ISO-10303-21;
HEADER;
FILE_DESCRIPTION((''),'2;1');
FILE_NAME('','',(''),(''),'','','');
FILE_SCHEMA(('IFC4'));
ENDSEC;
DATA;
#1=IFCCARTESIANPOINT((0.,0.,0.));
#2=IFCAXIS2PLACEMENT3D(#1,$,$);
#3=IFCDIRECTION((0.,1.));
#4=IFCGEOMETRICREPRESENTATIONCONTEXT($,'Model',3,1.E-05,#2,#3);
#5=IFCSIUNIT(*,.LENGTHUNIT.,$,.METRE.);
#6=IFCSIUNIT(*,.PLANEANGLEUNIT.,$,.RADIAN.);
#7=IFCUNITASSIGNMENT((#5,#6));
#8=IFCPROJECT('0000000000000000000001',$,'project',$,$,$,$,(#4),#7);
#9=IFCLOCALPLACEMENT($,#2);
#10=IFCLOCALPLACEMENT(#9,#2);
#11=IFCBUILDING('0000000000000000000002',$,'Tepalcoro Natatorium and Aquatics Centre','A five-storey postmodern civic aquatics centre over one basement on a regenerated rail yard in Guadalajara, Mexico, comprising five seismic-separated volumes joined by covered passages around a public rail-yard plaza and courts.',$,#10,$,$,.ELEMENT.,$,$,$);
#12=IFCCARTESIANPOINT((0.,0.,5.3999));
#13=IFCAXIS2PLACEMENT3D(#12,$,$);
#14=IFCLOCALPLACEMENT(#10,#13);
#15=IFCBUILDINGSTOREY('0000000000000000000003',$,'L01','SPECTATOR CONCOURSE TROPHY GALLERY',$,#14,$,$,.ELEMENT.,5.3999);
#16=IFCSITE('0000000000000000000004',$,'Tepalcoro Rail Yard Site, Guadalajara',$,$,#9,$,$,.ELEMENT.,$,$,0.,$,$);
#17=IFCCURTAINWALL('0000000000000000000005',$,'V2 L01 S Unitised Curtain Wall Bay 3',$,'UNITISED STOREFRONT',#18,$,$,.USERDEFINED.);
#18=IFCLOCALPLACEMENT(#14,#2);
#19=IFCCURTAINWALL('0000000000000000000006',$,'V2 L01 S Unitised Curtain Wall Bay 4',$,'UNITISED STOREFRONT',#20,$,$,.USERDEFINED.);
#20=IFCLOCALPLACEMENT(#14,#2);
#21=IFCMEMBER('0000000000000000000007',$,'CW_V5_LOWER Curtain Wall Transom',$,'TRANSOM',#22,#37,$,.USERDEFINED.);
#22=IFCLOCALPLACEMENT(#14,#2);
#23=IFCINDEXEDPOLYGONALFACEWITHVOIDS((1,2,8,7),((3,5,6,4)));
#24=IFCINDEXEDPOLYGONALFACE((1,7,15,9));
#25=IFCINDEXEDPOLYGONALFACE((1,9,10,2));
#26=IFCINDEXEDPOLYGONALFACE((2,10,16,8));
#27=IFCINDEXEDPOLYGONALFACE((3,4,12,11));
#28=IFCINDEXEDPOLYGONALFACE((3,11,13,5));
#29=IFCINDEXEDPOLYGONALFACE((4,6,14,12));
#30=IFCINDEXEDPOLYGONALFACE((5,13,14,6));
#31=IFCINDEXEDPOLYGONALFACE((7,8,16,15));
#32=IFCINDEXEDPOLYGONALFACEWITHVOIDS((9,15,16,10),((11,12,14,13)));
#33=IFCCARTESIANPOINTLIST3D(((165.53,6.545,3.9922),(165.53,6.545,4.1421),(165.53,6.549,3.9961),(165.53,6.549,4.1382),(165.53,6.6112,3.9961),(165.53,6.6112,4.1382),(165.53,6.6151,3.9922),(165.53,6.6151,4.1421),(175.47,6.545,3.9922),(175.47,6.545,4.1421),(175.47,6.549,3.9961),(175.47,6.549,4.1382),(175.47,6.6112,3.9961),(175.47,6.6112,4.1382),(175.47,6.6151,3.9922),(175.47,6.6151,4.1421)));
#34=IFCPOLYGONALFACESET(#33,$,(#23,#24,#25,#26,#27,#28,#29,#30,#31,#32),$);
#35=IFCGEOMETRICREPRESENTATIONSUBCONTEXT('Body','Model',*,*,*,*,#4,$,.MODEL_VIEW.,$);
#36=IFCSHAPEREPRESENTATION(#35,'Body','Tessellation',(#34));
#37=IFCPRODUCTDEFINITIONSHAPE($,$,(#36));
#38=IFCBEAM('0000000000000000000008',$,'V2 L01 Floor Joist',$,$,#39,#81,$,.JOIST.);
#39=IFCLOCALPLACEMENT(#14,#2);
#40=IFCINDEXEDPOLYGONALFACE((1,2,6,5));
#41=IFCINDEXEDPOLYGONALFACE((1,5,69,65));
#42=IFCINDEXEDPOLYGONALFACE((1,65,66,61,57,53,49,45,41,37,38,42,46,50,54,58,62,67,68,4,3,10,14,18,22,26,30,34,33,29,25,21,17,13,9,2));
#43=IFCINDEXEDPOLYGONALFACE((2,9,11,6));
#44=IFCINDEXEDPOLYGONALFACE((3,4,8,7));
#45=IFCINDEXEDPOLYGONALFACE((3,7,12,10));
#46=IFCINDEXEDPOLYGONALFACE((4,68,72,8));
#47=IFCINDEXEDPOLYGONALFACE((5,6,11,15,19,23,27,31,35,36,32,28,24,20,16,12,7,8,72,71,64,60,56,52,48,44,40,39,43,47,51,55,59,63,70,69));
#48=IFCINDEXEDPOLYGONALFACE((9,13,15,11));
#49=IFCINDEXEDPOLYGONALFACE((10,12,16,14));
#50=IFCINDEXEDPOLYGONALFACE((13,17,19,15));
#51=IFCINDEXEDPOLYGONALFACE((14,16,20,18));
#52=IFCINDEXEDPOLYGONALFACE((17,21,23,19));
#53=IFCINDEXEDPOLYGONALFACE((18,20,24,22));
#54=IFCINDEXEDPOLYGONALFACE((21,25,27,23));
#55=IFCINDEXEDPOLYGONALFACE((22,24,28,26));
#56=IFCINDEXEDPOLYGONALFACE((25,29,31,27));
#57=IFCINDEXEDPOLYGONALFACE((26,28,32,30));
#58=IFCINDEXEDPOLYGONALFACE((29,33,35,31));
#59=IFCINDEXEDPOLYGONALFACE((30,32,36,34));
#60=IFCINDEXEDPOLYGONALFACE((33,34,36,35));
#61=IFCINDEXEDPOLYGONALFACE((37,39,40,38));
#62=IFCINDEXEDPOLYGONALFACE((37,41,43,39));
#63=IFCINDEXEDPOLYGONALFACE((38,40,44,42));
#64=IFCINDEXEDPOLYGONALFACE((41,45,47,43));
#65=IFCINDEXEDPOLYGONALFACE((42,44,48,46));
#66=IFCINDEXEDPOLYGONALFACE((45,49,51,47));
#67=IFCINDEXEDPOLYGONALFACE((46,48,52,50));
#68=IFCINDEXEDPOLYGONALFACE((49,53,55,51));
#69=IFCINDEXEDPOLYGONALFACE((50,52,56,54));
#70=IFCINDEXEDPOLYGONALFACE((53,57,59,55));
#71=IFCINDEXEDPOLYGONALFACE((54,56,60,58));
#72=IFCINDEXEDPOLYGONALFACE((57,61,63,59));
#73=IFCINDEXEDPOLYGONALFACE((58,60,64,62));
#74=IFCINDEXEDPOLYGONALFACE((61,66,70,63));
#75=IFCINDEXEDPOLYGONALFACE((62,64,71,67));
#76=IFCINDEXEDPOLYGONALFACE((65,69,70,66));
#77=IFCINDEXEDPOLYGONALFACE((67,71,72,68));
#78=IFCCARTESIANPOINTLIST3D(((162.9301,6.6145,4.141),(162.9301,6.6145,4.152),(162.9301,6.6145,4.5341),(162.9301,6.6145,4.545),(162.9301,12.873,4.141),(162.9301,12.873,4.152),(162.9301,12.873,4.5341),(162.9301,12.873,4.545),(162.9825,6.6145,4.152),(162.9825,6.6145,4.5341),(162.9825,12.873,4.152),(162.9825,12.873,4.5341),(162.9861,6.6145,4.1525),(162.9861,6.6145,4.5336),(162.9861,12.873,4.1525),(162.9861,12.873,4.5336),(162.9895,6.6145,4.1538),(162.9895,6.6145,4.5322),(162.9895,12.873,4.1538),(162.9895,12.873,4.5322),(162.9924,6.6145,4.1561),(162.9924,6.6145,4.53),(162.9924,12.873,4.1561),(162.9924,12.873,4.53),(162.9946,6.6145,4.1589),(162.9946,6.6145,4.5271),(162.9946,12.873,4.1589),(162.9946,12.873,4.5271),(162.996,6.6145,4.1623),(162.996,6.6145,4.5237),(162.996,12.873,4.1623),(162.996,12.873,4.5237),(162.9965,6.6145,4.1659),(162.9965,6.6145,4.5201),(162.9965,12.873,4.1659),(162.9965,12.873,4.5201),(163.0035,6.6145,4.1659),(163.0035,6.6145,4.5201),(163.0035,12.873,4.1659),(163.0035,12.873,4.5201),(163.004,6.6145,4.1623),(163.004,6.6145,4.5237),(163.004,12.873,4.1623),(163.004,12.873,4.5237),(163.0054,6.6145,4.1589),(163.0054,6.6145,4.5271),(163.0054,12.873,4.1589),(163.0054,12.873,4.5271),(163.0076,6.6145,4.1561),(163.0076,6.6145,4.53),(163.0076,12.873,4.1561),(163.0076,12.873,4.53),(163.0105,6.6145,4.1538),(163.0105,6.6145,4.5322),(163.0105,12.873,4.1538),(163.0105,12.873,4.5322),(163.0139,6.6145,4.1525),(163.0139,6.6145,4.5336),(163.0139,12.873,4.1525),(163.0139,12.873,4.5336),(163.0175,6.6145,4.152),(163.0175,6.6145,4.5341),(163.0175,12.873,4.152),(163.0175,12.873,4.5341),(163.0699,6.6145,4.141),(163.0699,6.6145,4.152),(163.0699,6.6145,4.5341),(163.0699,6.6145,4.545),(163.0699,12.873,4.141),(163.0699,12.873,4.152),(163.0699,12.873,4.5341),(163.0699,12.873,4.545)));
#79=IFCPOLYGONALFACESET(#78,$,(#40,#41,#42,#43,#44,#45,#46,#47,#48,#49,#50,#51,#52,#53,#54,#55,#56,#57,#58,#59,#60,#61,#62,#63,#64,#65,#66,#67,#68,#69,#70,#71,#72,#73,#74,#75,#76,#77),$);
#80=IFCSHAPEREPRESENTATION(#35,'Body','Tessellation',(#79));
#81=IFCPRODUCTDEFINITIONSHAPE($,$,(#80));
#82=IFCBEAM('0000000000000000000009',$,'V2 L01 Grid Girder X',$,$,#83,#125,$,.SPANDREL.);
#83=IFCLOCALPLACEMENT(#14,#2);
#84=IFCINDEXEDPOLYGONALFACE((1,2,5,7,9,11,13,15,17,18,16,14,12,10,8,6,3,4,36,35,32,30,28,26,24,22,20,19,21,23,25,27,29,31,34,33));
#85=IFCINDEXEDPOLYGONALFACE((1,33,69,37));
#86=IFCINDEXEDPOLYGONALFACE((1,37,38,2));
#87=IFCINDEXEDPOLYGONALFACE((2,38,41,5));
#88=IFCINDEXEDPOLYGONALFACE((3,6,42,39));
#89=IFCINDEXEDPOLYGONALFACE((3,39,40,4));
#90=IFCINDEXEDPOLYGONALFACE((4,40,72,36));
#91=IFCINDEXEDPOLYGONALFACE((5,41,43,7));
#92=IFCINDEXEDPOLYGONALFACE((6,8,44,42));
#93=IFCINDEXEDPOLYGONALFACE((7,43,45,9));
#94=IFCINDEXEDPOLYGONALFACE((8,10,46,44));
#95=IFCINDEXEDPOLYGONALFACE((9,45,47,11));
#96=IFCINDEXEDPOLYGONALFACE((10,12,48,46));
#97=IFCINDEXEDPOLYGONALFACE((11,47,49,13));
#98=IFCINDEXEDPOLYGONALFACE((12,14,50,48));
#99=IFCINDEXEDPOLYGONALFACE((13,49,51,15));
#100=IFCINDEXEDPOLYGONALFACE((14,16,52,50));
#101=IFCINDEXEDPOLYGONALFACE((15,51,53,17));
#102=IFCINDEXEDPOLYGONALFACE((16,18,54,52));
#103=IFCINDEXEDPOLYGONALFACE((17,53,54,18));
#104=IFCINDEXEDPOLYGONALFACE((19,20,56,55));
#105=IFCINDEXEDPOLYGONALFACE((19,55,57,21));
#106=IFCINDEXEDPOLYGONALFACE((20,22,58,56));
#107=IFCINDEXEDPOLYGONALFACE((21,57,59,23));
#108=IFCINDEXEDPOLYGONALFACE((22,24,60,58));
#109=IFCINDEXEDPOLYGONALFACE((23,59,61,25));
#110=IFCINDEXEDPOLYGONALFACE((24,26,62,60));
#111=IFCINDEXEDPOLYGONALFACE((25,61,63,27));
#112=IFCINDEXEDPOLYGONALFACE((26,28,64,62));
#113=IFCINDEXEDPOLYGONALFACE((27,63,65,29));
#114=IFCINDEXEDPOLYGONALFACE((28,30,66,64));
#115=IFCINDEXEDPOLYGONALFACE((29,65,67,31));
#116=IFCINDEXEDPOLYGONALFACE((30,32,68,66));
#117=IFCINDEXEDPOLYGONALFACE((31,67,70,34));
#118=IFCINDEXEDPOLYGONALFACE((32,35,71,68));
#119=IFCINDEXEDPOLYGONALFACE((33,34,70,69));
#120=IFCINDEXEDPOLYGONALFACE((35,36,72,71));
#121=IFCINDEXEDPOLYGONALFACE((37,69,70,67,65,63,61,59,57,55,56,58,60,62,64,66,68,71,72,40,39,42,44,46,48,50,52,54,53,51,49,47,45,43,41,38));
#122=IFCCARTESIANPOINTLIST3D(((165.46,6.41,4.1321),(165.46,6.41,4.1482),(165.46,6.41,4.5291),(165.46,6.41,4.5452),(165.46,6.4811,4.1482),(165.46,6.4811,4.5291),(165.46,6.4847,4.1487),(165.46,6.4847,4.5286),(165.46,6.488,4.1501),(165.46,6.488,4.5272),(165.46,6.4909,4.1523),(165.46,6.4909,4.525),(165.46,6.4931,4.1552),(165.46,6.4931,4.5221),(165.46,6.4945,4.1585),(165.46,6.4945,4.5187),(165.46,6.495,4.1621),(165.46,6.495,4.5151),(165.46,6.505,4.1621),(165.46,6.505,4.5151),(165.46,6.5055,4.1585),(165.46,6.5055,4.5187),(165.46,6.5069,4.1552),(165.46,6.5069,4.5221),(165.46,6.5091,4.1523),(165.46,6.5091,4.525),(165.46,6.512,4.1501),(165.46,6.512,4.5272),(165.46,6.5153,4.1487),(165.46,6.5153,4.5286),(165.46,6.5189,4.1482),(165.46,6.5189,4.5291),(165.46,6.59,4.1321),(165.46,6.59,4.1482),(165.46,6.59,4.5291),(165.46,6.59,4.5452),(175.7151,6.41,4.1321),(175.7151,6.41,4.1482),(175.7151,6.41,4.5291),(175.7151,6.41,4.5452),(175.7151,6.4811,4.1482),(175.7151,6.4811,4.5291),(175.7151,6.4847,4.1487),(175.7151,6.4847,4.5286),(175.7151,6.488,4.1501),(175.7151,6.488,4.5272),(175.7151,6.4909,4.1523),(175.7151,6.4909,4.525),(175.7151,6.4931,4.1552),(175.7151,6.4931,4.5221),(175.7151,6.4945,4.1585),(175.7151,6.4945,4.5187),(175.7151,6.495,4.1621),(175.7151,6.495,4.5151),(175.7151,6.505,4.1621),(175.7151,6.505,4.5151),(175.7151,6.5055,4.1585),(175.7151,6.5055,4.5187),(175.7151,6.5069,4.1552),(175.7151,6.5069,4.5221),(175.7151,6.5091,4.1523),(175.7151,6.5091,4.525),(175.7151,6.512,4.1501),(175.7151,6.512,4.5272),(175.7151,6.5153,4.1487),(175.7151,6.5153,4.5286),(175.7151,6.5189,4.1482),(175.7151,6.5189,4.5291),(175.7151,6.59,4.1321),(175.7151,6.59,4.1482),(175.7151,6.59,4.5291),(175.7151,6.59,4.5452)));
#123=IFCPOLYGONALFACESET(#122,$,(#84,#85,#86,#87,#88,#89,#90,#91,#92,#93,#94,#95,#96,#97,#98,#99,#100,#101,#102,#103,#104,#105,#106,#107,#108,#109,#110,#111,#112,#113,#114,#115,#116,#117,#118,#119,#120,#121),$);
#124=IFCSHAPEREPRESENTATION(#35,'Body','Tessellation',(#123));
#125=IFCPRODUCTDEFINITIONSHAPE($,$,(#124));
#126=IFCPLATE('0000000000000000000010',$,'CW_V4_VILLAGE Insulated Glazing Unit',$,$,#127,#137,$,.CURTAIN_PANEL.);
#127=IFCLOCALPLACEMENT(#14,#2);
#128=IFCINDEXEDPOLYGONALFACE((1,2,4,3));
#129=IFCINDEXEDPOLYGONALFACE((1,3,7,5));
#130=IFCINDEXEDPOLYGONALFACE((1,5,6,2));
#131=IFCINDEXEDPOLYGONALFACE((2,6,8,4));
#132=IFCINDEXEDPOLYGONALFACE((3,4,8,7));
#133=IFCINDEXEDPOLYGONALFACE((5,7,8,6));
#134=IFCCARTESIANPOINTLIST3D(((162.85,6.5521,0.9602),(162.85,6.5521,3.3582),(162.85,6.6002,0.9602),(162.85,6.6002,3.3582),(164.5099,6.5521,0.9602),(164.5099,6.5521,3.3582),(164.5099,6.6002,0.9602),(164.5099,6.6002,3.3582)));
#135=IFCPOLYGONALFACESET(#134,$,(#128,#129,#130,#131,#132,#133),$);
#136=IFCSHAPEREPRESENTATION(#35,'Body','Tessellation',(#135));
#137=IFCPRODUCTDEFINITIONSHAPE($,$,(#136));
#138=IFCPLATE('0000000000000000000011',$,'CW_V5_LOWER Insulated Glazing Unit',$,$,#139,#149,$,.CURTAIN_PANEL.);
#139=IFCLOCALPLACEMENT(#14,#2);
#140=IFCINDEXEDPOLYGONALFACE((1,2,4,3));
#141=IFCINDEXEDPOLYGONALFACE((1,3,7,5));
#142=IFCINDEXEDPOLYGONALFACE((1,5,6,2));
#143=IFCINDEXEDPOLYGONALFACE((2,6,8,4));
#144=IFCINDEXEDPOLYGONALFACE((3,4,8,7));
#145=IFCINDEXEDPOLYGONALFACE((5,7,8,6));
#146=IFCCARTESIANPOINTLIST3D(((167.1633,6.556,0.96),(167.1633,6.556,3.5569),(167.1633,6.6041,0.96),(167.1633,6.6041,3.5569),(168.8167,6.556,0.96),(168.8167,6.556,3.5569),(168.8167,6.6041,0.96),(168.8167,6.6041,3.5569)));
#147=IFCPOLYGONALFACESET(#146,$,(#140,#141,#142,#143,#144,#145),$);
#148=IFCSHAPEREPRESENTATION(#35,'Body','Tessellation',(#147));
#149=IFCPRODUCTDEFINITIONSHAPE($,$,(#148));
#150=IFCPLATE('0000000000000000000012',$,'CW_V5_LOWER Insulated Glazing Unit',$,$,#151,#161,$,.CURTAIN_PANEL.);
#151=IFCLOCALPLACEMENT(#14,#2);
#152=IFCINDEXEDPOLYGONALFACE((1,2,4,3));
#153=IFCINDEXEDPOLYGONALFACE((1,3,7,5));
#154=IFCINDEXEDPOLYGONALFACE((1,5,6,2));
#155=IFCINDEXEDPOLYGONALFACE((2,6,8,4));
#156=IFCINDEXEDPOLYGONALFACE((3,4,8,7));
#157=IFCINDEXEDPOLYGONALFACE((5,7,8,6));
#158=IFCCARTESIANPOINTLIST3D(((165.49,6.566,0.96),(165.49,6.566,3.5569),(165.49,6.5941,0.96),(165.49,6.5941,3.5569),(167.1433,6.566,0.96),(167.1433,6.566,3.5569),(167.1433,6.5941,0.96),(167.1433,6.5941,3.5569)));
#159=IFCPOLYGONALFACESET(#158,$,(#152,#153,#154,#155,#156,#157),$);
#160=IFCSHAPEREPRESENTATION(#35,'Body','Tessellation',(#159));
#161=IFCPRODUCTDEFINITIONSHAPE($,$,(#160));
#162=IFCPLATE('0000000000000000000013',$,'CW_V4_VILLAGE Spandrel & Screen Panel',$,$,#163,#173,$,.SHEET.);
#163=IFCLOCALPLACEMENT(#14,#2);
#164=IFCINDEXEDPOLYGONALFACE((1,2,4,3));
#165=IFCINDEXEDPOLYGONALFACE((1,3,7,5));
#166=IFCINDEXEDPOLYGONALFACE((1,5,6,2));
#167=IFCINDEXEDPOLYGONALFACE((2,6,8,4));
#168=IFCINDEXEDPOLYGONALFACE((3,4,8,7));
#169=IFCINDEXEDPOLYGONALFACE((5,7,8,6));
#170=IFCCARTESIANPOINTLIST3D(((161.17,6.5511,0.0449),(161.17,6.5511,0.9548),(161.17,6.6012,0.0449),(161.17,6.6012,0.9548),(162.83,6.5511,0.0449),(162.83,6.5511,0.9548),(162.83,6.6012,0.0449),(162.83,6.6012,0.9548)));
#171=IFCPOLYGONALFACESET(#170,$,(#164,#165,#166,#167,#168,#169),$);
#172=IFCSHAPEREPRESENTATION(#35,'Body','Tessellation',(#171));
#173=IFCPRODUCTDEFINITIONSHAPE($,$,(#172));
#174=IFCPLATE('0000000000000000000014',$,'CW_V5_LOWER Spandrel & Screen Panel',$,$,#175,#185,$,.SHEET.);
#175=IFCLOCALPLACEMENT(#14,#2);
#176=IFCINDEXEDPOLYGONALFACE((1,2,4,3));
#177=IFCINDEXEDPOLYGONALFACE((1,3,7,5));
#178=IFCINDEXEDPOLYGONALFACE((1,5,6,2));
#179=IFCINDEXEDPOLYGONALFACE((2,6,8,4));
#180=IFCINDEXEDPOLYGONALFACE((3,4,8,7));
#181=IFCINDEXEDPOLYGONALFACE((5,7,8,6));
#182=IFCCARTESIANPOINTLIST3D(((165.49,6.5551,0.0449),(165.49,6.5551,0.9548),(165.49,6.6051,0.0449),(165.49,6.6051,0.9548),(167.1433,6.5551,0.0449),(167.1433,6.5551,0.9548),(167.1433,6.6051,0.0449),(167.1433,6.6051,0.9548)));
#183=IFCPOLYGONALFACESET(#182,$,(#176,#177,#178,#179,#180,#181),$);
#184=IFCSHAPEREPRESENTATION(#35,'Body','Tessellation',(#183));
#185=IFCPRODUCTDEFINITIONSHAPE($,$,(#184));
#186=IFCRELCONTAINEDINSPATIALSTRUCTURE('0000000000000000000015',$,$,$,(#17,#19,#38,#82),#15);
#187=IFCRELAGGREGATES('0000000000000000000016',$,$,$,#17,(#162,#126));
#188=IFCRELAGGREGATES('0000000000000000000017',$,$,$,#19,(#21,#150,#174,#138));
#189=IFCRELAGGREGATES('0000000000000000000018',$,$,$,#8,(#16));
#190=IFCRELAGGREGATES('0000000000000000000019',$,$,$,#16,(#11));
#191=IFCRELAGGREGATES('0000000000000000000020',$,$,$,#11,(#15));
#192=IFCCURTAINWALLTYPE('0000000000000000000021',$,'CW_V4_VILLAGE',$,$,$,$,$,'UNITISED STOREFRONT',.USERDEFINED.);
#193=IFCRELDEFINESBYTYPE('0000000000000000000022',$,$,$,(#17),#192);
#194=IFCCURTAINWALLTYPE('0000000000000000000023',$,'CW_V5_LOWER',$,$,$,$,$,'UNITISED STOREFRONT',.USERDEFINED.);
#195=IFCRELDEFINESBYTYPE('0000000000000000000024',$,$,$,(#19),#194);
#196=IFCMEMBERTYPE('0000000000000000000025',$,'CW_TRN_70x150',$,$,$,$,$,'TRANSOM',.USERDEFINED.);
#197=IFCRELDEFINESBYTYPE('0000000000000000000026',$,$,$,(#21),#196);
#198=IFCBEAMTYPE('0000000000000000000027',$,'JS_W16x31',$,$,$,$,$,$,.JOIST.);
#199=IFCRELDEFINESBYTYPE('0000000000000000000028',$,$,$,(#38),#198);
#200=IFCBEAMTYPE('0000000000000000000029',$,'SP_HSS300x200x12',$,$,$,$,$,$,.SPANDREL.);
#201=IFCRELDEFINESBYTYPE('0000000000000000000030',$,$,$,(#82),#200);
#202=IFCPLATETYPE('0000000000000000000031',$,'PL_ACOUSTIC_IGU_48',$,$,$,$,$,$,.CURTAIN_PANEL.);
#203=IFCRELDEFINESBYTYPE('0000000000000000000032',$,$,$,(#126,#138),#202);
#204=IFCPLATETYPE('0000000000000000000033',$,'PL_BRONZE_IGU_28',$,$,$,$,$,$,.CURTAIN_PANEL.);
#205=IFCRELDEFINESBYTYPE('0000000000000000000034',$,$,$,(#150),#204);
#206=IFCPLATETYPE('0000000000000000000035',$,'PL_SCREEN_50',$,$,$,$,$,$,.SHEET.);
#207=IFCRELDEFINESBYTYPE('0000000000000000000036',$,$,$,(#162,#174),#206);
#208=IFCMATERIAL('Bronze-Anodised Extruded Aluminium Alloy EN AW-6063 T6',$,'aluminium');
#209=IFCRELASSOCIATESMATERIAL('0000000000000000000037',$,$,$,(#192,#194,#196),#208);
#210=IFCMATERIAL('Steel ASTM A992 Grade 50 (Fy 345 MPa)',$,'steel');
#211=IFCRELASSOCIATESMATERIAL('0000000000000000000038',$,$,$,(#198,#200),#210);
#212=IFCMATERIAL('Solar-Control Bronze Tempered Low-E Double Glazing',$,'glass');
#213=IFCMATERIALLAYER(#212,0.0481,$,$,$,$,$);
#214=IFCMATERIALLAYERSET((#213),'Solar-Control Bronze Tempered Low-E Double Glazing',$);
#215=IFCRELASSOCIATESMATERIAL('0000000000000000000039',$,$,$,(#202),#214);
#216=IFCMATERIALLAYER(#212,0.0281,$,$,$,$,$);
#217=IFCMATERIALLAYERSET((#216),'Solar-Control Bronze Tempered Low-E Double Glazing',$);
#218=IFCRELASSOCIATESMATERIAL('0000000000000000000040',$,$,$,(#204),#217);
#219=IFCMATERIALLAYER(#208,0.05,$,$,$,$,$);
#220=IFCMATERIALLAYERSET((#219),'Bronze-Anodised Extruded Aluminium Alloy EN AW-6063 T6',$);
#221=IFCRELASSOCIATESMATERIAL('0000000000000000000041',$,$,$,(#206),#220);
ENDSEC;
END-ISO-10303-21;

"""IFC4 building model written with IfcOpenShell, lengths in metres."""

from ifc_helpers import new_model, si_unit, direction, frame, origin, origin_2d, place, context, subcontext, project, spatial, rectangle, hollow_rectangle, i_section, extrude, material, layer, layer_set, material_profile, profile_set, type_object, element, aggregate, save


model = new_model("IFC4")

# Units and contexts
model_context = context("Model", 3, precision=1e-05, world=origin(), true_north=direction((0.0, 1.0)))
body_context = subcontext(model_context, "Body", "Model", "MODEL_VIEW")
ifc_project = project(units=[si_unit("LENGTHUNIT", "METRE"), si_unit("PLANEANGLEUNIT", "RADIAN")], contexts=[model_context])

# Site, building, storey
site_placement = place(None, origin())
site = spatial("IfcSite", under=ifc_project, at=site_placement, Name="Tepalcoro Rail Yard Site, Guadalajara", CompositionType="ELEMENT", RefElevation=0.0)
building_placement = place(site_placement, origin())
building = spatial("IfcBuilding", under=site, at=building_placement, Name="Tepalcoro Natatorium and Aquatics Centre", Description="A five-storey postmodern civic aquatics centre over one basement on a regenerated rail yard in Guadalajara, Mexico, comprising five seismic-separated volumes joined by covered passages around a public rail-yard plaza and courts.", CompositionType="ELEMENT")
storey_placement = place(building_placement, frame((0.0, 0.0, 5.3999)))
storey = spatial("IfcBuildingStorey", under=building, at=storey_placement, Name="L01", Description="SPECTATOR CONCOURSE TROPHY GALLERY", CompositionType="ELEMENT", Elevation=5.3999)

# Shared definitions
ifc_material_1 = material(Name="Steel ASTM A992 Grade 50 (Fy 345 MPa)", Category="steel")

# Curtain walls, member
ifc_material_2 = material(Name="Bronze-Anodised Extruded Aluminium Alloy EN AW-6063 T6", Category="aluminium")
curtain_wall_type_1 = type_object("IfcCurtainWallType", Name="CW_V4_VILLAGE", ElementType="UNITISED STOREFRONT", PredefinedType="USERDEFINED", material=ifc_material_2)
curtain_wall_1_placement = place(storey_placement, origin())
curtain_wall_1 = element("IfcCurtainWall", 1, at=curtain_wall_1_placement, inside=storey, type_object=curtain_wall_type_1, Name="V2 L01 S Unitised Curtain Wall Bay 3", ObjectType="UNITISED STOREFRONT", PredefinedType="USERDEFINED")
curtain_wall_type_2 = type_object("IfcCurtainWallType", Name="CW_V5_LOWER", ElementType="UNITISED STOREFRONT", PredefinedType="USERDEFINED", material=ifc_material_2)
curtain_wall_2_placement = place(storey_placement, origin())
curtain_wall_2 = element("IfcCurtainWall", 2, at=curtain_wall_2_placement, inside=storey, type_object=curtain_wall_type_2, Name="V2 L01 S Unitised Curtain Wall Bay 4", ObjectType="UNITISED STOREFRONT", PredefinedType="USERDEFINED")
ifc_material_profile_1 = material_profile(ifc_material_2, hollow_rectangle(XDim=0.0701, YDim=0.1499, WallThickness=0.0039, at=origin_2d()), Name="AL70X150X4")
ifc_profile_set_1 = profile_set([ifc_material_profile_1], Name="Bronze-Anodised Extruded Aluminium Alloy EN AW-6063 T6")
member_type_1 = type_object("IfcMemberType", Name="CW_TRN_70x150", ElementType="TRANSOM", PredefinedType="USERDEFINED", material=ifc_profile_set_1)
member_1_placement = place(storey_placement, frame((165.53, 6.5801, 4.0671), z_axis=(1.0, 0.0, 0.0), x_axis=(0.0, 1.0, 0.0)))
member_1 = element("IfcMember", 3, at=member_1_placement, type_object=member_type_1, Name="CW_V5_LOWER Curtain Wall Transom", ObjectType="TRANSOM", PredefinedType="USERDEFINED", context=body_context, shape_type="SweptSolid", body=[
    extrude(hollow_rectangle(XDim=0.0701, YDim=0.1499, WallThickness=0.0039, at=origin_2d()), origin(), (0.0, 0.0, 1.0), 9.9399),
])

# Beams
ifc_material_profile_2 = material_profile(ifc_material_1, i_section(OverallWidth=0.1399, OverallDepth=0.4041, WebThickness=0.0071, FlangeThickness=0.011, FilletRadius=0.0139, at=origin_2d()), Name="W16X31")
ifc_profile_set_2 = profile_set([ifc_material_profile_2], Name="Steel ASTM A992 Grade 50 (Fy 345 MPa)")
beam_type_1 = type_object("IfcBeamType", Name="JS_W16x31", PredefinedType="JOIST", material=ifc_profile_set_2)
beam_1_placement = place(storey_placement, frame((163.0, 6.6145, 4.343), z_axis=(0.0, 1.0, 0.0), x_axis=(-1.0, 0.0, 0.0)))
element("IfcBeam", 4, at=beam_1_placement, inside=storey, type_object=beam_type_1, Name="V2 L01 Floor Joist", PredefinedType="JOIST", context=body_context, shape_type="SweptSolid", body=[
    extrude(i_section(OverallWidth=0.1399, OverallDepth=0.4041, WebThickness=0.0071, FlangeThickness=0.011, FilletRadius=0.0139, at=origin_2d()), origin(), (0.0, 0.0, 1.0), 6.2585),
])
ifc_material_profile_3 = material_profile(ifc_material_1, i_section(OverallWidth=0.1799, OverallDepth=0.4131, WebThickness=0.01, FlangeThickness=0.0161, FilletRadius=0.0139, at=origin_2d()), Name="W16X50")
ifc_profile_set_3 = profile_set([ifc_material_profile_3], Name="Steel ASTM A992 Grade 50 (Fy 345 MPa)")
beam_type_2 = type_object("IfcBeamType", Name="SP_HSS300x200x12", PredefinedType="SPANDREL", material=ifc_profile_set_3)
beam_2_placement = place(storey_placement, frame((165.46, 6.5, 4.3386), z_axis=(1.0, 0.0, 0.0), x_axis=(0.0, 1.0, 0.0)))
element("IfcBeam", 5, at=beam_2_placement, inside=storey, type_object=beam_type_2, Name="V2 L01 Grid Girder X", PredefinedType="SPANDREL", context=body_context, shape_type="SweptSolid", body=[
    extrude(i_section(OverallWidth=0.1799, OverallDepth=0.4131, WebThickness=0.01, FlangeThickness=0.0161, FilletRadius=0.0139, at=origin_2d()), origin(), (0.0, 0.0, 1.0), 10.2551),
])

# Plates
ifc_material_3 = material(Name="Solar-Control Bronze Tempered Low-E Double Glazing", Category="glass")
ifc_layer_1 = layer(ifc_material_3, 0.0481)
ifc_layer_set_1 = layer_set([ifc_layer_1], Name="Solar-Control Bronze Tempered Low-E Double Glazing")
plate_type_1 = type_object("IfcPlateType", Name="PL_ACOUSTIC_IGU_48", PredefinedType="CURTAIN_PANEL", material=ifc_layer_set_1)
plate_1_placement = place(storey_placement, frame((163.6799, 6.5762, 0.9602), z_axis=(0.0, 0.0, 1.0), x_axis=(1.0, 0.0, 0.0)))
plate_1 = element("IfcPlate", 6, at=plate_1_placement, type_object=plate_type_1, Name="CW_V4_VILLAGE Insulated Glazing Unit", PredefinedType="CURTAIN_PANEL", context=body_context, shape_type="SweptSolid", body=[
    extrude(rectangle(XDim=1.6599, YDim=0.0481, at=origin_2d()), origin(), (0.0, 0.0, 1.0), 2.3979),
])
plate_2_placement = place(storey_placement, frame((167.99, 6.5801, 0.96), z_axis=(0.0, 0.0, 1.0), x_axis=(1.0, 0.0, 0.0)))
plate_2 = element("IfcPlate", 7, at=plate_2_placement, type_object=plate_type_1, Name="CW_V5_LOWER Insulated Glazing Unit", PredefinedType="CURTAIN_PANEL", context=body_context, shape_type="SweptSolid", body=[
    extrude(rectangle(XDim=1.6533, YDim=0.0481, at=origin_2d()), origin(), (0.0, 0.0, 1.0), 2.5969),
])
ifc_layer_2 = layer(ifc_material_3, 0.0281)
ifc_layer_set_2 = layer_set([ifc_layer_2], Name="Solar-Control Bronze Tempered Low-E Double Glazing")
plate_type_2 = type_object("IfcPlateType", Name="PL_BRONZE_IGU_28", PredefinedType="CURTAIN_PANEL", material=ifc_layer_set_2)
plate_3_placement = place(storey_placement, frame((166.3167, 6.5801, 0.96), z_axis=(0.0, 0.0, 1.0), x_axis=(1.0, 0.0, 0.0)))
plate_3 = element("IfcPlate", 8, at=plate_3_placement, type_object=plate_type_2, Name="CW_V5_LOWER Insulated Glazing Unit", PredefinedType="CURTAIN_PANEL", context=body_context, shape_type="SweptSolid", body=[
    extrude(rectangle(XDim=1.6533, YDim=0.0281, at=origin_2d()), origin(), (0.0, 0.0, 1.0), 2.5969),
])
ifc_layer_3 = layer(ifc_material_2, 0.05)
ifc_layer_set_3 = layer_set([ifc_layer_3], Name="Bronze-Anodised Extruded Aluminium Alloy EN AW-6063 T6")
plate_type_3 = type_object("IfcPlateType", Name="PL_SCREEN_50", PredefinedType="SHEET", material=ifc_layer_set_3)
plate_4_placement = place(storey_placement, frame((162.0, 6.5762, 0.0449), z_axis=(0.0, 0.0, 1.0), x_axis=(1.0, 0.0, 0.0)))
plate_4 = element("IfcPlate", 9, at=plate_4_placement, type_object=plate_type_3, Name="CW_V4_VILLAGE Spandrel & Screen Panel", PredefinedType="SHEET", context=body_context, shape_type="SweptSolid", body=[
    extrude(rectangle(XDim=1.6599, YDim=0.05, at=origin_2d()), origin(), (0.0, 0.0, 1.0), 0.9099),
])
plate_5_placement = place(storey_placement, frame((166.3167, 6.5801, 0.0449), z_axis=(0.0, 0.0, 1.0), x_axis=(1.0, 0.0, 0.0)))
plate_5 = element("IfcPlate", 10, at=plate_5_placement, type_object=plate_type_3, Name="CW_V5_LOWER Spandrel & Screen Panel", PredefinedType="SHEET", context=body_context, shape_type="SweptSolid", body=[
    extrude(rectangle(XDim=1.6533, YDim=0.05, at=origin_2d()), origin(), (0.0, 0.0, 1.0), 0.9099),
])
aggregate(curtain_wall_1, [plate_4, plate_1])
aggregate(curtain_wall_2, [member_1, plate_3, plate_5, plate_2])

save(model, "model.ifc")
